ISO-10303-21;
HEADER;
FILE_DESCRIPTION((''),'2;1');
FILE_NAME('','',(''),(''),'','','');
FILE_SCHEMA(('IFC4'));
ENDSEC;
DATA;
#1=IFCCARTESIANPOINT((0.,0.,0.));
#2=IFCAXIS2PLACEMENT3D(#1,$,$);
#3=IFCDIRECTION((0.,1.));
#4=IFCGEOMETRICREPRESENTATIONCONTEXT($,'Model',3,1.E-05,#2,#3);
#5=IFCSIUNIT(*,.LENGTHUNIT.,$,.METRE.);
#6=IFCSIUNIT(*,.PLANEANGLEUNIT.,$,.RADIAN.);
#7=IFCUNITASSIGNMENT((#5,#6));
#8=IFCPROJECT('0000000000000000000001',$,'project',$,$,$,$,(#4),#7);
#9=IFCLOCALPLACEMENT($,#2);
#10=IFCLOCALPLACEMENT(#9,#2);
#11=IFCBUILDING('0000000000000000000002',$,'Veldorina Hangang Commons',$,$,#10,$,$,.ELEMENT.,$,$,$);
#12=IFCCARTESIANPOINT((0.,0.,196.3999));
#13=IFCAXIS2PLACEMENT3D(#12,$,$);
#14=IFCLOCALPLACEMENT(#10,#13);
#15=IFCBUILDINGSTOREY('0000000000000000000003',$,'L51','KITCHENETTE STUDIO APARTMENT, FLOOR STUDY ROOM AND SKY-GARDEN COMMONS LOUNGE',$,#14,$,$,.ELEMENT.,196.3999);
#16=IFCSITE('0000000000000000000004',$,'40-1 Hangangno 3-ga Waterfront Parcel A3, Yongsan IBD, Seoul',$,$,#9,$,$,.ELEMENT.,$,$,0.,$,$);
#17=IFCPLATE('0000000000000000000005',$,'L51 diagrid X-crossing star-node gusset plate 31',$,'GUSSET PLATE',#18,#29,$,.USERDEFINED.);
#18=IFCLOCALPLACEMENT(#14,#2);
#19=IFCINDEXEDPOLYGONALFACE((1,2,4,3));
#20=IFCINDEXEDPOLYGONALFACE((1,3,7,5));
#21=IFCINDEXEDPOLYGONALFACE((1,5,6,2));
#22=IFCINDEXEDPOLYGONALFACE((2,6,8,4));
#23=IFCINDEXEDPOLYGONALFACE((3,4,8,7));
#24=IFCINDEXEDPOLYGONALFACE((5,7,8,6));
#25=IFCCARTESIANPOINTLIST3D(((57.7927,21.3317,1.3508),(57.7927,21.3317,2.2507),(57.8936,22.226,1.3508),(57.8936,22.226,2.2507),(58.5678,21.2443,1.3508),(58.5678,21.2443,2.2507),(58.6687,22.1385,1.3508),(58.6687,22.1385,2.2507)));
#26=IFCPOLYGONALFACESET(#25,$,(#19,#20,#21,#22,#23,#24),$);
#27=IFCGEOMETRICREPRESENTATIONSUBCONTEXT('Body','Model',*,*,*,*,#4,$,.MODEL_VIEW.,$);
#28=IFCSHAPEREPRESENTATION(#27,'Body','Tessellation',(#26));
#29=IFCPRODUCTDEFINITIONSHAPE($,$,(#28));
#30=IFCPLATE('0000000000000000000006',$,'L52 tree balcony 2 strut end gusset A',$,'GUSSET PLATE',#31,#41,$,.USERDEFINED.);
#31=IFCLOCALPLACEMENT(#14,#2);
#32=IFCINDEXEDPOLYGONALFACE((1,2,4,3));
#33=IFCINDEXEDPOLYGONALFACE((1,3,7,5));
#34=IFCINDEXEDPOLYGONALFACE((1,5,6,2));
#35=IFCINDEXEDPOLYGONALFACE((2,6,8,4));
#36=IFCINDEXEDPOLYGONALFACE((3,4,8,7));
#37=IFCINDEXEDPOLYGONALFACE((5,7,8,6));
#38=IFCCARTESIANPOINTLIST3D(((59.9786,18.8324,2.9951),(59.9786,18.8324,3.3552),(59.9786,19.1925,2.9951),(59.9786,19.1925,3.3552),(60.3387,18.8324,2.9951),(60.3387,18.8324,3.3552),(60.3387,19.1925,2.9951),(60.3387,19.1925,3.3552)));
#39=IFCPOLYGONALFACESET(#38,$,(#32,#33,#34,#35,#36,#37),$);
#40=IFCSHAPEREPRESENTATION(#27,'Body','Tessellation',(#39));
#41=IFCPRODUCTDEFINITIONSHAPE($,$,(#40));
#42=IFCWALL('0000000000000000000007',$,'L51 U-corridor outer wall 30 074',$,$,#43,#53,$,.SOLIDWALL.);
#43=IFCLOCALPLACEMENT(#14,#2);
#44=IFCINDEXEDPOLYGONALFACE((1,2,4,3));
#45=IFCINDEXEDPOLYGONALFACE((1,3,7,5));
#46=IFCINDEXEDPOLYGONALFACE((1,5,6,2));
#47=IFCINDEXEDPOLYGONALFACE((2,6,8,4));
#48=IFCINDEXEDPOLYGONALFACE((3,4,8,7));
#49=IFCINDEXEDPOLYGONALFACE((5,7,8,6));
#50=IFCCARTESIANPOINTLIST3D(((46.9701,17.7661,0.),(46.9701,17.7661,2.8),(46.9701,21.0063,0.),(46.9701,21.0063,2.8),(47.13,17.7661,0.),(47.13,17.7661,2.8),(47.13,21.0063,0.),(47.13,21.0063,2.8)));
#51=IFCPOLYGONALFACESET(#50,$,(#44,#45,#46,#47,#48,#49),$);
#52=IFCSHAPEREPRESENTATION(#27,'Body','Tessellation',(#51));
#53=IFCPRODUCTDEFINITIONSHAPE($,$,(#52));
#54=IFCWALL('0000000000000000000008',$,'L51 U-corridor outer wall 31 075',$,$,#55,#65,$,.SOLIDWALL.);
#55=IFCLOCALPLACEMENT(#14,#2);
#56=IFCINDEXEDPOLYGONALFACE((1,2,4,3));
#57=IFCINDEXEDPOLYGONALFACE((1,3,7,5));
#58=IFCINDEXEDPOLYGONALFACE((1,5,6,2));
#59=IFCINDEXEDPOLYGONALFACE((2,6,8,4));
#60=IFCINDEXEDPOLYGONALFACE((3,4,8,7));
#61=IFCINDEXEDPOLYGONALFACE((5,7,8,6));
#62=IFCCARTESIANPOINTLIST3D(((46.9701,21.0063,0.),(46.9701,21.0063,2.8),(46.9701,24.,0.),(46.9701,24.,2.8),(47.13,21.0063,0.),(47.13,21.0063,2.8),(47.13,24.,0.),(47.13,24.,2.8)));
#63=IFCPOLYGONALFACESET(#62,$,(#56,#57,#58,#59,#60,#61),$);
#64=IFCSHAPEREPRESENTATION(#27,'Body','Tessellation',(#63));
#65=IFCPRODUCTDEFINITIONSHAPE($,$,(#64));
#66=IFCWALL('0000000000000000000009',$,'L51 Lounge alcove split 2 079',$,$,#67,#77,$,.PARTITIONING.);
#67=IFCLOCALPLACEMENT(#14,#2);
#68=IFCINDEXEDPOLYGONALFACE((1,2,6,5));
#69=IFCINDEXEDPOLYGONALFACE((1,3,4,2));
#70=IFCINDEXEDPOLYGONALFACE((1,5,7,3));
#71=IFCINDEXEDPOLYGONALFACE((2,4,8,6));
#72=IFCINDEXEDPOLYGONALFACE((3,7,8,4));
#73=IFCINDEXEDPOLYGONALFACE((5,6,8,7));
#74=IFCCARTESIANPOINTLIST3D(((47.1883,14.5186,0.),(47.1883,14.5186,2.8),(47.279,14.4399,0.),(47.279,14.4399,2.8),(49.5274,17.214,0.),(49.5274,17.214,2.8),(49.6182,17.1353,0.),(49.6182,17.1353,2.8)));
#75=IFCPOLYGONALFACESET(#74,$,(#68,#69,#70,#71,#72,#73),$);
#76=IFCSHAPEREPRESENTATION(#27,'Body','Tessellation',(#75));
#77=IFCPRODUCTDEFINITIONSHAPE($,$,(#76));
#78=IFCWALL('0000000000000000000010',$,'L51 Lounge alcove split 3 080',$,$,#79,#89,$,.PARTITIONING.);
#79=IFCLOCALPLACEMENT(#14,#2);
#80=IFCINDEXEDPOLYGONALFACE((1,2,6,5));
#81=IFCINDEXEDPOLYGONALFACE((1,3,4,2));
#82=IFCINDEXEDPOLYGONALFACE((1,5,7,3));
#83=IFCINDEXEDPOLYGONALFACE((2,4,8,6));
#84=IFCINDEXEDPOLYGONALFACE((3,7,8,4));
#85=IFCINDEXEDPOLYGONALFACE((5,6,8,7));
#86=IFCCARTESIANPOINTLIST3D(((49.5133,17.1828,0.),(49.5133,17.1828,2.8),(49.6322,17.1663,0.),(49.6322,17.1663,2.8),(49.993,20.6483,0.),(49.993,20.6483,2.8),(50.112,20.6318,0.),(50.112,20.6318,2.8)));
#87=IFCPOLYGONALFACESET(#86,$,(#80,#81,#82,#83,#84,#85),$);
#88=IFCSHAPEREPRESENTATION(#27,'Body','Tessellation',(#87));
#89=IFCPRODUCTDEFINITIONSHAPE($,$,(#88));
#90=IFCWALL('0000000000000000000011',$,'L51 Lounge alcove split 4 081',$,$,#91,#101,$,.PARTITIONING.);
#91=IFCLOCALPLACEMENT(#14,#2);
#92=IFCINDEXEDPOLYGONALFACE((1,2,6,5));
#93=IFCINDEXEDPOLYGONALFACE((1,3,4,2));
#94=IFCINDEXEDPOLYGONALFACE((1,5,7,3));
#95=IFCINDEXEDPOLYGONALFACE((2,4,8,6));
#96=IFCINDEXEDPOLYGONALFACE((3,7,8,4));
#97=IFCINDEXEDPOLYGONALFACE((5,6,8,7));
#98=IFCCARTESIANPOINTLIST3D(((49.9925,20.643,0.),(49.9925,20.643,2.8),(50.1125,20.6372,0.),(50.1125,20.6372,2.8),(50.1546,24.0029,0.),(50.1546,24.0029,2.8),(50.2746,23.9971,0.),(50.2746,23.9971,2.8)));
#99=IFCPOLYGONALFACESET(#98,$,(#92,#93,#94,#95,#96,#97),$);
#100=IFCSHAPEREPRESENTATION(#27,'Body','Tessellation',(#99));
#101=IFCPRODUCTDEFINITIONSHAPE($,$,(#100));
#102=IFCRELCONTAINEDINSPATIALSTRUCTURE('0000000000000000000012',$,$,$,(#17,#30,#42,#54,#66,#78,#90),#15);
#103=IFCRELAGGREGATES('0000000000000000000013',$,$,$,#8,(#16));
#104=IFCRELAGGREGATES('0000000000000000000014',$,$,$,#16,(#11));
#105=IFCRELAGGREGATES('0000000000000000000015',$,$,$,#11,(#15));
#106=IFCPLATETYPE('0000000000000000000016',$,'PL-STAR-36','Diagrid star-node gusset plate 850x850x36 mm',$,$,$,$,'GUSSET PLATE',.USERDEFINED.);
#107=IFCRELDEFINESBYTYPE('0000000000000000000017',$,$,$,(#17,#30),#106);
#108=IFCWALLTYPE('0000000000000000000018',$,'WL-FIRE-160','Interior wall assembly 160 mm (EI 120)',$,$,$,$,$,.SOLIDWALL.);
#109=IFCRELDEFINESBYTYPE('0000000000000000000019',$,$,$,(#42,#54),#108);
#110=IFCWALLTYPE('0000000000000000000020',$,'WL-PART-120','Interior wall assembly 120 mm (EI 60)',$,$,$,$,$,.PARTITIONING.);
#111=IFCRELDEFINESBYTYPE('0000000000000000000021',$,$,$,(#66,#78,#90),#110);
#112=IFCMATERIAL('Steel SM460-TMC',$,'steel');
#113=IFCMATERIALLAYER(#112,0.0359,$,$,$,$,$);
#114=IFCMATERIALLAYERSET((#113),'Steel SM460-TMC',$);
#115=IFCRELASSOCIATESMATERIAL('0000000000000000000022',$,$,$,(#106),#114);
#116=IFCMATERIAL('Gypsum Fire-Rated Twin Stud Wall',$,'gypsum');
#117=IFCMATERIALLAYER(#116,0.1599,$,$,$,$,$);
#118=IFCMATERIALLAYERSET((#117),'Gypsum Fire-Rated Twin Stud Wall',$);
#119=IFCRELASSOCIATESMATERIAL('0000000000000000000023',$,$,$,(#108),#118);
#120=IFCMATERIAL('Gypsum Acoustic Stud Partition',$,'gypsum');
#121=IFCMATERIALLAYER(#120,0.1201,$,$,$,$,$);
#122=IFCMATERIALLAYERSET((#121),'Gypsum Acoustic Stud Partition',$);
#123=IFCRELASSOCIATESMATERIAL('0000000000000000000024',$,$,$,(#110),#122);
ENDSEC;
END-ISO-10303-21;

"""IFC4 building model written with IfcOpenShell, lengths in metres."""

from ifc_helpers import new_model, si_unit, direction, frame, frame_2d, origin, origin_2d, place, context, subcontext, project, spatial, rectangle, extrude, material, layer, layer_set, type_object, element, save


model = new_model("IFC4")

# Units and contexts
model_context = context("Model", 3, precision=1e-05, world=origin(), true_north=direction((0.0, 1.0)))
body_context = subcontext(model_context, "Body", "Model", "MODEL_VIEW")
ifc_project = project(units=[si_unit("LENGTHUNIT", "METRE"), si_unit("PLANEANGLEUNIT", "RADIAN")], contexts=[model_context])

# Site, building, storey
site_placement = place(None, origin())
site = spatial("IfcSite", under=ifc_project, at=site_placement, Name="40-1 Hangangno 3-ga Waterfront Parcel A3, Yongsan IBD, Seoul", CompositionType="ELEMENT", RefElevation=0.0)
building_placement = place(site_placement, origin())
building = spatial("IfcBuilding", under=site, at=building_placement, Name="Veldorina Hangang Commons", CompositionType="ELEMENT")
storey_placement = place(building_placement, frame((0.0, 0.0, 196.3999)))
storey = spatial("IfcBuildingStorey", under=building, at=storey_placement, Name="L51", Description="KITCHENETTE STUDIO APARTMENT, FLOOR STUDY ROOM AND SKY-GARDEN COMMONS LOUNGE", CompositionType="ELEMENT", Elevation=196.3999)

# Plates
ifc_material_1 = material(Name="Steel SM460-TMC", Category="steel")
ifc_layer_1 = layer(ifc_material_1, 0.0359)
ifc_layer_set_1 = layer_set([ifc_layer_1], Name="Steel SM460-TMC")
plate_type_1 = type_object("IfcPlateType", Name="PL-STAR-36", Description="Diagrid star-node gusset plate 850x850x36 mm", ElementType="GUSSET PLATE", PredefinedType="USERDEFINED", material=ifc_layer_set_1)
plate_1_placement = place(storey_placement, frame((58.2307, 21.7351, 1.3508), z_axis=(0.0, 0.0, 1.0), x_axis=(0.112128, 0.993694, 0.0)))
element("IfcPlate", 1, at=plate_1_placement, inside=storey, type_object=plate_type_1, Name="L51 diagrid X-crossing star-node gusset plate 31", ObjectType="GUSSET PLATE", PredefinedType="USERDEFINED", context=body_context, shape_type="SweptSolid", body=[
    extrude(rectangle(XDim=0.8999, YDim=0.78, at=origin_2d()), origin(), (0.0, 0.0, 1.0), 0.8999),
])
plate_2_placement = place(storey_placement, frame((60.1587, 19.0125, 2.9951), z_axis=(0.0, 0.0, 1.0), x_axis=(1.0, 0.0, 0.0)))
element("IfcPlate", 2, at=plate_2_placement, inside=storey, type_object=plate_type_1, Name="L52 tree balcony 2 strut end gusset A", ObjectType="GUSSET PLATE", PredefinedType="USERDEFINED", context=body_context, shape_type="SweptSolid", body=[
    extrude(rectangle(XDim=0.3601, YDim=0.3601, at=origin_2d()), origin(), (0.0, 0.0, 1.0), 0.3601),
])

# Walls
ifc_material_2 = material(Name="Gypsum Fire-Rated Twin Stud Wall", Category="gypsum")
ifc_layer_2 = layer(ifc_material_2, 0.1599)
ifc_layer_set_2 = layer_set([ifc_layer_2], Name="Gypsum Fire-Rated Twin Stud Wall")
wall_type_1 = type_object("IfcWallType", Name="WL-FIRE-160", Description="Interior wall assembly 160 mm (EI 120)", PredefinedType="SOLIDWALL", material=ifc_layer_set_2)
wall_1_placement = place(storey_placement, frame((47.05, 17.7661, 0.0), z_axis=(0.0, 0.0, 1.0), x_axis=(0.0, 1.0, 0.0)))
element("IfcWall", 3, at=wall_1_placement, inside=storey, type_object=wall_type_1, Name="L51 U-corridor outer wall 30 074", PredefinedType="SOLIDWALL", context=body_context, shape_type="SweptSolid", body=[
    extrude(rectangle(XDim=3.2402, YDim=0.1599, at=frame_2d((1.6201, 0.0))), origin(), (0.0, 0.0, 1.0), 2.8),
])
wall_2_placement = place(storey_placement, frame((47.05, 21.0063, 0.0), z_axis=(0.0, 0.0, 1.0), x_axis=(0.0, 1.0, 0.0)))
element("IfcWall", 4, at=wall_2_placement, inside=storey, type_object=wall_type_1, Name="L51 U-corridor outer wall 31 075", PredefinedType="SOLIDWALL", context=body_context, shape_type="SweptSolid", body=[
    extrude(rectangle(XDim=2.9937, YDim=0.1599, at=frame_2d((1.4968, 0.0))), origin(), (0.0, 0.0, 1.0), 2.8),
])
ifc_material_3 = material(Name="Gypsum Acoustic Stud Partition", Category="gypsum")
ifc_layer_3 = layer(ifc_material_3, 0.1201)
ifc_layer_set_3 = layer_set([ifc_layer_3], Name="Gypsum Acoustic Stud Partition")
wall_type_2 = type_object("IfcWallType", Name="WL-PART-120", Description="Interior wall assembly 120 mm (EI 60)", PredefinedType="PARTITIONING", material=ifc_layer_set_3)
wall_3_placement = place(storey_placement, frame((47.2336, 14.4792, 0.0), z_axis=(0.0, 0.0, 1.0), x_axis=(0.655438, 0.755249, 0.0)))
element("IfcWall", 5, at=wall_3_placement, inside=storey, type_object=wall_type_2, Name="L51 Lounge alcove split 2 079", PredefinedType="PARTITIONING", context=body_context, shape_type="SweptSolid", body=[
    extrude(rectangle(XDim=3.5688, YDim=0.1201, at=frame_2d((1.7844, 0.0))), origin(), (0.0, 0.0, 1.0), 2.8),
])
wall_4_placement = place(storey_placement, frame((49.5728, 17.1746, 0.0), z_axis=(0.0, 0.0, 1.0), x_axis=(0.137121, 0.990554, 0.0)))
element("IfcWall", 6, at=wall_4_placement, inside=storey, type_object=wall_type_2, Name="L51 Lounge alcove split 3 080", PredefinedType="PARTITIONING", context=body_context, shape_type="SweptSolid", body=[
    extrude(rectangle(XDim=3.4985, YDim=0.1201, at=frame_2d((1.7493, 0.0))), origin(), (0.0, 0.0, 1.0), 2.8),
])
wall_5_placement = place(storey_placement, frame((50.0525, 20.6401, 0.0), z_axis=(0.0, 0.0, 1.0), x_axis=(0.048193, 0.998838, 0.0)))
element("IfcWall", 7, at=wall_5_placement, inside=storey, type_object=wall_type_2, Name="L51 Lounge alcove split 4 081", PredefinedType="PARTITIONING", context=body_context, shape_type="SweptSolid", body=[
    extrude(rectangle(XDim=3.3638, YDim=0.1201, at=frame_2d((1.6819, 0.0))), origin(), (0.0, 0.0, 1.0), 2.8),
])

save(model, "model.ifc")
